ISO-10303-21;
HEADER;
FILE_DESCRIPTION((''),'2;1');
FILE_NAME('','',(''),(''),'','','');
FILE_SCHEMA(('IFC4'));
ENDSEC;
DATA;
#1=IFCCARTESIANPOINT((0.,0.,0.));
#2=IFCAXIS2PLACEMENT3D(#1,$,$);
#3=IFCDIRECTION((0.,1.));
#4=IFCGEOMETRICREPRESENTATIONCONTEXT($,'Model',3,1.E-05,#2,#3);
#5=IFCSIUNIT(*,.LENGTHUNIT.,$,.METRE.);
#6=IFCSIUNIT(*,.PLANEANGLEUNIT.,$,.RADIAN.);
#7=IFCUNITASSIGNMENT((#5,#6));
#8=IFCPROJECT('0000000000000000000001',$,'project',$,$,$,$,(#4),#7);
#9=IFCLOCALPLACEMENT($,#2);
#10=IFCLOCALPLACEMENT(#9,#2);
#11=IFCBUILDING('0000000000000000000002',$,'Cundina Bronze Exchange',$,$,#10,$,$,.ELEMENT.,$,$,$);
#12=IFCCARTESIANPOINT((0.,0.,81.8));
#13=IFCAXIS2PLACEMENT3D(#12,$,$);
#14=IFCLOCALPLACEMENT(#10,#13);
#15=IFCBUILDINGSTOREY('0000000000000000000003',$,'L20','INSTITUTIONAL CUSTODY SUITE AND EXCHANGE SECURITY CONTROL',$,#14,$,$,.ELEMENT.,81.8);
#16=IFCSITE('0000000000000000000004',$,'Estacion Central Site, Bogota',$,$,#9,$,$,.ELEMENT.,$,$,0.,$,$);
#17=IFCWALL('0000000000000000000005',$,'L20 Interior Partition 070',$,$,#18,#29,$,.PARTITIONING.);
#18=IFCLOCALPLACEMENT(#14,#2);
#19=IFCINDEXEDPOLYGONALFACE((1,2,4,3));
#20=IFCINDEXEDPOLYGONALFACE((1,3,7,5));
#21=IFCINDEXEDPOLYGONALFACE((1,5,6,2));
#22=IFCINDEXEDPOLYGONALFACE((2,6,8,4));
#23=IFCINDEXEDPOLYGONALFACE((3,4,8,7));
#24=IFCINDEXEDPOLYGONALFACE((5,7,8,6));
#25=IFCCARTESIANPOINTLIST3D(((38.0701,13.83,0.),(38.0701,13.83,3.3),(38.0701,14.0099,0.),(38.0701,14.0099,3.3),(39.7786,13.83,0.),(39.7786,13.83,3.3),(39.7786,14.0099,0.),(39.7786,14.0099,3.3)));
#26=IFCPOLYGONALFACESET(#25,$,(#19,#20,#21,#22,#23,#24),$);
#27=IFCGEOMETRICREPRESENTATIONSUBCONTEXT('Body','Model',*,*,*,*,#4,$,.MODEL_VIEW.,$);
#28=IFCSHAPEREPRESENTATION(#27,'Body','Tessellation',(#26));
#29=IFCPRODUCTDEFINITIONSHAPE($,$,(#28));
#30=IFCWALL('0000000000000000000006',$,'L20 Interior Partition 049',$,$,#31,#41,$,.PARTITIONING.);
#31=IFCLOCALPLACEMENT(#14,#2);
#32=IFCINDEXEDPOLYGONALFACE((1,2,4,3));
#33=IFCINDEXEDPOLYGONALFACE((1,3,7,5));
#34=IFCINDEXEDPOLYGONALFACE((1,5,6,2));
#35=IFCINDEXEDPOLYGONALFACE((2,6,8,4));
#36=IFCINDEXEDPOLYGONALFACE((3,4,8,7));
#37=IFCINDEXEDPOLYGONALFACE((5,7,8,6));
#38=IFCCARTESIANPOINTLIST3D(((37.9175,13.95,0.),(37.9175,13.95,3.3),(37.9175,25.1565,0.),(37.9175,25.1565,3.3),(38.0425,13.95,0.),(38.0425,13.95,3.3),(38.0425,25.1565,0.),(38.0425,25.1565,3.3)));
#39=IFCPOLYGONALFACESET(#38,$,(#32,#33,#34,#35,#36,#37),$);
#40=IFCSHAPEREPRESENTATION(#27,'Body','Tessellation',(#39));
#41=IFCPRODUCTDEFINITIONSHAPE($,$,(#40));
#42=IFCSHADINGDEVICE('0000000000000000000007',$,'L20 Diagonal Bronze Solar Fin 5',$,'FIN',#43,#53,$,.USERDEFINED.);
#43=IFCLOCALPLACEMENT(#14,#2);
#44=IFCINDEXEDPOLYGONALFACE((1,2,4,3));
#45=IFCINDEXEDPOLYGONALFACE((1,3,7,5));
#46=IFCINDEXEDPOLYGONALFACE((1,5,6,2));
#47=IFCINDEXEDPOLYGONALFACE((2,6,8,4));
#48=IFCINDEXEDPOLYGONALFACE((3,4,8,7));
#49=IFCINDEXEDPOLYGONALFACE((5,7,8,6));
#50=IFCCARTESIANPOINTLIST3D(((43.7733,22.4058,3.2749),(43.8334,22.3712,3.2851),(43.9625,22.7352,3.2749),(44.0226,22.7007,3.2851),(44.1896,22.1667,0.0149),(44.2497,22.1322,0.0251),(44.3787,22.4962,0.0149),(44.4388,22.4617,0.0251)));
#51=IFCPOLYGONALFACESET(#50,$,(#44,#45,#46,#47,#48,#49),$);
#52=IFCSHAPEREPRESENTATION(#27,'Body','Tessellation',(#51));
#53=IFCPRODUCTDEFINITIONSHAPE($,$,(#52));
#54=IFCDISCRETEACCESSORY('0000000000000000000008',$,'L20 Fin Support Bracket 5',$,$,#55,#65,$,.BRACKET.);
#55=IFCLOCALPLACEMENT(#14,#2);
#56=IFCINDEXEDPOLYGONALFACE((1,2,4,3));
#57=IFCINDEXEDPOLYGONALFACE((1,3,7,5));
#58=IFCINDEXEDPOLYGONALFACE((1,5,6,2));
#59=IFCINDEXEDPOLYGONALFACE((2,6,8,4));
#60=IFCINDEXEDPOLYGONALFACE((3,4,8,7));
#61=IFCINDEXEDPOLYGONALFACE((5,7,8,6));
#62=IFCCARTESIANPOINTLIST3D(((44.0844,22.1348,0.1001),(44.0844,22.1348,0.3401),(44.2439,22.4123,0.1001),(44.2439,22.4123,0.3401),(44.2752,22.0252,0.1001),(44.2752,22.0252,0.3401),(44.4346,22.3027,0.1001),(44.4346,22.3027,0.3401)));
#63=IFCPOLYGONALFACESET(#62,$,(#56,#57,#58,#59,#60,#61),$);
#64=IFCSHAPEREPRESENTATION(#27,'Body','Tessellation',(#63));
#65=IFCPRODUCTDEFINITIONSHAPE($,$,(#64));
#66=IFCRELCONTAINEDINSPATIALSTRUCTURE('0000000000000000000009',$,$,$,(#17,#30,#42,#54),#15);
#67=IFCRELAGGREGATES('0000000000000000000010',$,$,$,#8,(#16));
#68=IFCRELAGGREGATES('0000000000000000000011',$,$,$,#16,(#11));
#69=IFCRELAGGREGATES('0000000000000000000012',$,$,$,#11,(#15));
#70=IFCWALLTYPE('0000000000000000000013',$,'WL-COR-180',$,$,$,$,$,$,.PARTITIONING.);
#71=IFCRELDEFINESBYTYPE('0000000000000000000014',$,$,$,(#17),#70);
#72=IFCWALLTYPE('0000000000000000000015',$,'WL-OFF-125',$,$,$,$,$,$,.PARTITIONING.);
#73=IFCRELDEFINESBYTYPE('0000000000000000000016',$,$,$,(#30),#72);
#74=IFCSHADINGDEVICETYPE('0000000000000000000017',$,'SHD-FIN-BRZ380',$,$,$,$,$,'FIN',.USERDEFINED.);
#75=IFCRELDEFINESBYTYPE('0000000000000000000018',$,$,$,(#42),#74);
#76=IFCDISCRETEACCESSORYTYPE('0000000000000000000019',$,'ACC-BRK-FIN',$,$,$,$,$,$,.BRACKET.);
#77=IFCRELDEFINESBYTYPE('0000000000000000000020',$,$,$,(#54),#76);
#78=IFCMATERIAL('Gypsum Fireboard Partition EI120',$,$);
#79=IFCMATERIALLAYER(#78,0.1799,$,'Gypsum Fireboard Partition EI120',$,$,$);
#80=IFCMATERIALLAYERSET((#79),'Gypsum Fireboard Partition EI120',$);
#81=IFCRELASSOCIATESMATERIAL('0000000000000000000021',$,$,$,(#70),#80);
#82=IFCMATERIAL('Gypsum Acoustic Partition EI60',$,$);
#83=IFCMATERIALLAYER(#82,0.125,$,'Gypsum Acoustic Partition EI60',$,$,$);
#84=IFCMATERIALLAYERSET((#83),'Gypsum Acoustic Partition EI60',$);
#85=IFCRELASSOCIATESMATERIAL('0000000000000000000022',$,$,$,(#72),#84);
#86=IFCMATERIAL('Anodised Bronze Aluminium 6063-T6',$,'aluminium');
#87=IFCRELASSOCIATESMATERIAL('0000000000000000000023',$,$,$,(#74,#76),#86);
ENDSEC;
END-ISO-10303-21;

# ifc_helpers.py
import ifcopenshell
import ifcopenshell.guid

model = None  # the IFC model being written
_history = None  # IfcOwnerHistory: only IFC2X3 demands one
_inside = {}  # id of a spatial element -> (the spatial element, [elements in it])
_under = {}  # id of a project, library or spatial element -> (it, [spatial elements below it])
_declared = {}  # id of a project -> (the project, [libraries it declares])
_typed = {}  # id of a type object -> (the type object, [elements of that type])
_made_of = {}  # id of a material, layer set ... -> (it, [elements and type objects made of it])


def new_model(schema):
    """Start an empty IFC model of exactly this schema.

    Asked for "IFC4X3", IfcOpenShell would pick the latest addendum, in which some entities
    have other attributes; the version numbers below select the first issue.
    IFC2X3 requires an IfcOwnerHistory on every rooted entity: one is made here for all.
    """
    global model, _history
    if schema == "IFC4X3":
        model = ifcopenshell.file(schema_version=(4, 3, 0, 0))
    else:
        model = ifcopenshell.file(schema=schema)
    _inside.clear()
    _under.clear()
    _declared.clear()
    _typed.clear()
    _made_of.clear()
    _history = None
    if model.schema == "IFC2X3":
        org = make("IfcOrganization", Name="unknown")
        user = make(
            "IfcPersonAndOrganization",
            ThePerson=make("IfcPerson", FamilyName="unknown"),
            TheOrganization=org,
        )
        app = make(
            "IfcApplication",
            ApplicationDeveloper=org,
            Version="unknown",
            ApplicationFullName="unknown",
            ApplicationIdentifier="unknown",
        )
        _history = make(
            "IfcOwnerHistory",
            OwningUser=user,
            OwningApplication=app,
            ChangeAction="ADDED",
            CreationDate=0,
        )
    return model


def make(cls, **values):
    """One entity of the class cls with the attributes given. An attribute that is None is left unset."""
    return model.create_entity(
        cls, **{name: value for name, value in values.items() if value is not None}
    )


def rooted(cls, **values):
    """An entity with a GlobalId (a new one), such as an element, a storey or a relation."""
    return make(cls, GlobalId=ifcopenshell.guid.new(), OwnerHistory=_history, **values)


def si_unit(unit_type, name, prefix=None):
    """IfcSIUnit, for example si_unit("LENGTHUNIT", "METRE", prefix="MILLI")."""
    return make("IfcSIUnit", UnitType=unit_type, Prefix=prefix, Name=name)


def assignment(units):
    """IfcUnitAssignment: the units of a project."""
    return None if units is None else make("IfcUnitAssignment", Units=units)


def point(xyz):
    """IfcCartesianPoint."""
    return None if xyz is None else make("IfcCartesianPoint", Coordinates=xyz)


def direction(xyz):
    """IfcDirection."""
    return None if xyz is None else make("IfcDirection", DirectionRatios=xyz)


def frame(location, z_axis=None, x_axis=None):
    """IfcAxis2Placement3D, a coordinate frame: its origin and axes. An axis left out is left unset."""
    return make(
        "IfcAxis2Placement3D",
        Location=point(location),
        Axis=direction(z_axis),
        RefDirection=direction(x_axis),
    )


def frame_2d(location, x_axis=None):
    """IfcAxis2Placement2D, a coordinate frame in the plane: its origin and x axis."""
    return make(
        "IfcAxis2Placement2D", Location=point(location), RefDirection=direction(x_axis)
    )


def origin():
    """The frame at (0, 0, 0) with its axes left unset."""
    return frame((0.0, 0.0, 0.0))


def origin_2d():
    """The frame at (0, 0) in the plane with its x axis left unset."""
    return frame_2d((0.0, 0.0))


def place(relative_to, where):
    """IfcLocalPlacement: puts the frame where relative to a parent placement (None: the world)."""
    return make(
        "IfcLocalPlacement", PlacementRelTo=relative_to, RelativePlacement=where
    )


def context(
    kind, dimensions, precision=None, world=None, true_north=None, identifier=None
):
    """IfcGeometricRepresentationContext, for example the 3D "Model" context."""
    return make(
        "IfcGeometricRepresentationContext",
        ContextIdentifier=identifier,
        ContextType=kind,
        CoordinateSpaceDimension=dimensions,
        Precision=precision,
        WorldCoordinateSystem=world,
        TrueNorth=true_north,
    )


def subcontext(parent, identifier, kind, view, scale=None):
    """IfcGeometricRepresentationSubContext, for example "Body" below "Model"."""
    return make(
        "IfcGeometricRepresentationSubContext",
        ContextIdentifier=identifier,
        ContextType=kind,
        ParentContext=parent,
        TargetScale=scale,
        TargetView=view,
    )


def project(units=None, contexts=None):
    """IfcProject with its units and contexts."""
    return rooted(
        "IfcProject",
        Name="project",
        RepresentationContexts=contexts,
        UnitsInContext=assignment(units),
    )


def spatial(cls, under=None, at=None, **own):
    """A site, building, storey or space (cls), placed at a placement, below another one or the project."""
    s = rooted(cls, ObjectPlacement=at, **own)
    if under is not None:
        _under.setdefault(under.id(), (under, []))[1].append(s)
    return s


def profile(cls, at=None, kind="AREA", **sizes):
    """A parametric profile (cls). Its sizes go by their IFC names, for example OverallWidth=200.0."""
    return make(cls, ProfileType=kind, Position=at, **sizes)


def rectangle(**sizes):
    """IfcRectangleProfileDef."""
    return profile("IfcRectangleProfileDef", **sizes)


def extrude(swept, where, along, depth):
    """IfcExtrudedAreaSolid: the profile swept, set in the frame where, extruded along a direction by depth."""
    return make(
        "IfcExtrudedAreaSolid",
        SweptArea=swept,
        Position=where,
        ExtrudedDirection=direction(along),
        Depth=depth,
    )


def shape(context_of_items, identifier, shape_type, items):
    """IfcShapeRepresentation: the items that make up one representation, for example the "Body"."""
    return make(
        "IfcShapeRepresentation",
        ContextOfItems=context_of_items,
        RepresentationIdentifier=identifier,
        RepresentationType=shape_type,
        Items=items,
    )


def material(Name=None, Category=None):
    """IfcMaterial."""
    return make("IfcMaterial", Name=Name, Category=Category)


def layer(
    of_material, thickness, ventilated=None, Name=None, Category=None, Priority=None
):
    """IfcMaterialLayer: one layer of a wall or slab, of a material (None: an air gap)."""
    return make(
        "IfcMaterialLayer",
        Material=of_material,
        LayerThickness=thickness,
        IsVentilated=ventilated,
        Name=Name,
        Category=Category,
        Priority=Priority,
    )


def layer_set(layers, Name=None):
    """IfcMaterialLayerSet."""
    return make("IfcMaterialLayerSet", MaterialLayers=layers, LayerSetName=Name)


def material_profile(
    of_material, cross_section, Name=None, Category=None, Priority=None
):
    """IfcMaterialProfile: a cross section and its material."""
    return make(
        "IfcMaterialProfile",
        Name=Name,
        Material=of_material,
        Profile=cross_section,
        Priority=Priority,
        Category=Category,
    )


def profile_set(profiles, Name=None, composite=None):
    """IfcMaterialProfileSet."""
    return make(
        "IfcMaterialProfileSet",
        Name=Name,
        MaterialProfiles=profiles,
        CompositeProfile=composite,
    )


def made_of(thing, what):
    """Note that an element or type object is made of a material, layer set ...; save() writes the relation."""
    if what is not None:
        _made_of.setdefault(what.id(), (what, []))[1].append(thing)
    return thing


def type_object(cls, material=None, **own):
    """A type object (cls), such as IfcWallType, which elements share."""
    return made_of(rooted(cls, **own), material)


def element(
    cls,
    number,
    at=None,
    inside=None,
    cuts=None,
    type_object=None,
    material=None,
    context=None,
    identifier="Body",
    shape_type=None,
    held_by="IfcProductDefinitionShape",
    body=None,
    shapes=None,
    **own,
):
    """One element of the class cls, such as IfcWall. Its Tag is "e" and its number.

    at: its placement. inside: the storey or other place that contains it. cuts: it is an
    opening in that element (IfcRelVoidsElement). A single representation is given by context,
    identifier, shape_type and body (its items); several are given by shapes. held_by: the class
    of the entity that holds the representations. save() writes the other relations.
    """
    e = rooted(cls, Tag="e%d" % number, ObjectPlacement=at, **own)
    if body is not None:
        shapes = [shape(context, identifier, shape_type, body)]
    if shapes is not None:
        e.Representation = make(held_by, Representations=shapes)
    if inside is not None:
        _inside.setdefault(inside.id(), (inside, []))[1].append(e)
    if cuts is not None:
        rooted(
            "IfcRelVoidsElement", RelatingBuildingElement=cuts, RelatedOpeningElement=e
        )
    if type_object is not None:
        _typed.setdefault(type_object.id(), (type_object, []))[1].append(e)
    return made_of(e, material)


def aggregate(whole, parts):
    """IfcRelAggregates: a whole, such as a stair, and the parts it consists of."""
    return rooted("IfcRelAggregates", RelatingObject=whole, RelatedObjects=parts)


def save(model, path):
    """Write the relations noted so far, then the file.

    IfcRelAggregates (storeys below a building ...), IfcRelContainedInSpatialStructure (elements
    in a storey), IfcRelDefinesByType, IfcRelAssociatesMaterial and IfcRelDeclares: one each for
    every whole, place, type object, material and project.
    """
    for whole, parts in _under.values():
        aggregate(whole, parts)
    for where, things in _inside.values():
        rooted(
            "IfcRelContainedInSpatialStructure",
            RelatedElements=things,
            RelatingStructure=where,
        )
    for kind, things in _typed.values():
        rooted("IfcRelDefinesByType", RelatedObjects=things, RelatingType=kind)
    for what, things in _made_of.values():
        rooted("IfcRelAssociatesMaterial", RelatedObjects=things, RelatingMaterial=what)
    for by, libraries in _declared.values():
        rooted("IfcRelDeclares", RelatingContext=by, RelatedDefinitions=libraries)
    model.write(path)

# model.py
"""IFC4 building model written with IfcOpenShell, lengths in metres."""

from ifc_helpers import new_model, si_unit, direction, frame, frame_2d, origin, origin_2d, place, context, subcontext, project, spatial, rectangle, extrude, material, layer, layer_set, material_profile, profile_set, type_object, element, save


model = new_model("IFC4")

# Units and contexts
model_context = context("Model", 3, precision=1e-05, world=origin(), true_north=direction((0.0, 1.0)))
body_context = subcontext(model_context, "Body", "Model", "MODEL_VIEW")
ifc_project = project(units=[si_unit("LENGTHUNIT", "METRE"), si_unit("PLANEANGLEUNIT", "RADIAN")], contexts=[model_context])

# Site, building, storey
site_placement = place(None, origin())
site = spatial("IfcSite", under=ifc_project, at=site_placement, Name="Estacion Central Site, Bogota", CompositionType="ELEMENT", RefElevation=0.0)
building_placement = place(site_placement, origin())
building = spatial("IfcBuilding", under=site, at=building_placement, Name="Cundina Bronze Exchange", CompositionType="ELEMENT")
storey_placement = place(building_placement, frame((0.0, 0.0, 81.8)))
storey = spatial("IfcBuildingStorey", under=building, at=storey_placement, Name="L20", Description="INSTITUTIONAL CUSTODY SUITE AND EXCHANGE SECURITY CONTROL", CompositionType="ELEMENT", Elevation=81.8)

# Shared definitions
ifc_material_1 = material(Name="Anodised Bronze Aluminium 6063-T6", Category="aluminium")

# Walls
ifc_material_2 = material(Name="Gypsum Fireboard Partition EI120")
ifc_layer_1 = layer(ifc_material_2, 0.1799, Name="Gypsum Fireboard Partition EI120")
ifc_layer_set_1 = layer_set([ifc_layer_1], Name="Gypsum Fireboard Partition EI120")
wall_type_1 = type_object("IfcWallType", Name="WL-COR-180", PredefinedType="PARTITIONING", material=ifc_layer_set_1)
for number, where, z_axis, x_axis, name in (
    (1, (39.7786, 13.9199, 0.0), (0.0, 0.0, 1.0), (-1.0, 0.0, 0.0), "L20 Interior Partition 070"),
):
    element("IfcWall", number, at=place(storey_placement, frame(where, z_axis=z_axis, x_axis=x_axis)), inside=storey, type_object=wall_type_1, Name=name, PredefinedType="PARTITIONING", context=body_context, shape_type="SweptSolid", body=[
        extrude(rectangle(XDim=1.7085, YDim=0.1799, at=frame_2d((0.8542, 0.0))), origin(), (0.0, 0.0, 1.0), 3.3),
    ])
ifc_material_3 = material(Name="Gypsum Acoustic Partition EI60")
ifc_layer_2 = layer(ifc_material_3, 0.125, Name="Gypsum Acoustic Partition EI60")
ifc_layer_set_2 = layer_set([ifc_layer_2], Name="Gypsum Acoustic Partition EI60")
wall_type_2 = type_object("IfcWallType", Name="WL-OFF-125", PredefinedType="PARTITIONING", material=ifc_layer_set_2)
wall_1_placement = place(storey_placement, frame((37.98, 13.95, 0.0), z_axis=(0.0, 0.0, 1.0), x_axis=(0.0, 1.0, 0.0)))
element("IfcWall", 2, at=wall_1_placement, inside=storey, type_object=wall_type_2, Name="L20 Interior Partition 049", PredefinedType="PARTITIONING", context=body_context, shape_type="SweptSolid", body=[
    extrude(rectangle(XDim=11.2065, YDim=0.125, at=frame_2d((5.6033, 0.0))), origin(), (0.0, 0.0, 1.0), 3.3),
])

# Shading device
ifc_material_profile_1 = material_profile(ifc_material_1, rectangle(XDim=0.0701, YDim=0.3799, at=origin_2d()), Name="FIN70X380", Category="aluminium")
ifc_profile_set_1 = profile_set([ifc_material_profile_1], Name="Anodised Bronze Aluminium 6063-T6")
shading_device_type = type_object("IfcShadingDeviceType", Name="SHD-FIN-BRZ380", ElementType="FIN", PredefinedType="USERDEFINED", material=ifc_profile_set_1)
shading_device_placement = place(storey_placement, frame((44.3142, 22.3142, 0.02), z_axis=(-0.126325, 0.072535, 0.989333), x_axis=(0.857958, -0.492634, 0.145668)))
element("IfcShadingDevice", 3, at=shading_device_placement, inside=storey, type_object=shading_device_type, Name="L20 Diagonal Bronze Solar Fin 5", ObjectType="FIN", PredefinedType="USERDEFINED", context=body_context, shape_type="SweptSolid", body=[
    extrude(rectangle(XDim=0.0701, YDim=0.3799, at=origin_2d()), origin(), (0.0, 0.0, 1.0), 3.2952),
])

# Discrete accessory
discrete_accessory_type = type_object("IfcDiscreteAccessoryType", Name="ACC-BRK-FIN", PredefinedType="BRACKET", material=ifc_material_1)
discrete_accessory_placement = place(storey_placement, frame((44.2595, 22.2188, 0.1001), z_axis=(0.0, 0.0, 1.0), x_axis=(-0.867105, 0.498125, 0.0)))
element("IfcDiscreteAccessory", 4, at=discrete_accessory_placement, inside=storey, type_object=discrete_accessory_type, Name="L20 Fin Support Bracket 5", PredefinedType="BRACKET", context=body_context, shape_type="SweptSolid", body=[
    extrude(rectangle(XDim=0.22, YDim=0.3201, at=origin_2d()), origin(), (0.0, 0.0, 1.0), 0.24),
])

save(model, "model.ifc")
